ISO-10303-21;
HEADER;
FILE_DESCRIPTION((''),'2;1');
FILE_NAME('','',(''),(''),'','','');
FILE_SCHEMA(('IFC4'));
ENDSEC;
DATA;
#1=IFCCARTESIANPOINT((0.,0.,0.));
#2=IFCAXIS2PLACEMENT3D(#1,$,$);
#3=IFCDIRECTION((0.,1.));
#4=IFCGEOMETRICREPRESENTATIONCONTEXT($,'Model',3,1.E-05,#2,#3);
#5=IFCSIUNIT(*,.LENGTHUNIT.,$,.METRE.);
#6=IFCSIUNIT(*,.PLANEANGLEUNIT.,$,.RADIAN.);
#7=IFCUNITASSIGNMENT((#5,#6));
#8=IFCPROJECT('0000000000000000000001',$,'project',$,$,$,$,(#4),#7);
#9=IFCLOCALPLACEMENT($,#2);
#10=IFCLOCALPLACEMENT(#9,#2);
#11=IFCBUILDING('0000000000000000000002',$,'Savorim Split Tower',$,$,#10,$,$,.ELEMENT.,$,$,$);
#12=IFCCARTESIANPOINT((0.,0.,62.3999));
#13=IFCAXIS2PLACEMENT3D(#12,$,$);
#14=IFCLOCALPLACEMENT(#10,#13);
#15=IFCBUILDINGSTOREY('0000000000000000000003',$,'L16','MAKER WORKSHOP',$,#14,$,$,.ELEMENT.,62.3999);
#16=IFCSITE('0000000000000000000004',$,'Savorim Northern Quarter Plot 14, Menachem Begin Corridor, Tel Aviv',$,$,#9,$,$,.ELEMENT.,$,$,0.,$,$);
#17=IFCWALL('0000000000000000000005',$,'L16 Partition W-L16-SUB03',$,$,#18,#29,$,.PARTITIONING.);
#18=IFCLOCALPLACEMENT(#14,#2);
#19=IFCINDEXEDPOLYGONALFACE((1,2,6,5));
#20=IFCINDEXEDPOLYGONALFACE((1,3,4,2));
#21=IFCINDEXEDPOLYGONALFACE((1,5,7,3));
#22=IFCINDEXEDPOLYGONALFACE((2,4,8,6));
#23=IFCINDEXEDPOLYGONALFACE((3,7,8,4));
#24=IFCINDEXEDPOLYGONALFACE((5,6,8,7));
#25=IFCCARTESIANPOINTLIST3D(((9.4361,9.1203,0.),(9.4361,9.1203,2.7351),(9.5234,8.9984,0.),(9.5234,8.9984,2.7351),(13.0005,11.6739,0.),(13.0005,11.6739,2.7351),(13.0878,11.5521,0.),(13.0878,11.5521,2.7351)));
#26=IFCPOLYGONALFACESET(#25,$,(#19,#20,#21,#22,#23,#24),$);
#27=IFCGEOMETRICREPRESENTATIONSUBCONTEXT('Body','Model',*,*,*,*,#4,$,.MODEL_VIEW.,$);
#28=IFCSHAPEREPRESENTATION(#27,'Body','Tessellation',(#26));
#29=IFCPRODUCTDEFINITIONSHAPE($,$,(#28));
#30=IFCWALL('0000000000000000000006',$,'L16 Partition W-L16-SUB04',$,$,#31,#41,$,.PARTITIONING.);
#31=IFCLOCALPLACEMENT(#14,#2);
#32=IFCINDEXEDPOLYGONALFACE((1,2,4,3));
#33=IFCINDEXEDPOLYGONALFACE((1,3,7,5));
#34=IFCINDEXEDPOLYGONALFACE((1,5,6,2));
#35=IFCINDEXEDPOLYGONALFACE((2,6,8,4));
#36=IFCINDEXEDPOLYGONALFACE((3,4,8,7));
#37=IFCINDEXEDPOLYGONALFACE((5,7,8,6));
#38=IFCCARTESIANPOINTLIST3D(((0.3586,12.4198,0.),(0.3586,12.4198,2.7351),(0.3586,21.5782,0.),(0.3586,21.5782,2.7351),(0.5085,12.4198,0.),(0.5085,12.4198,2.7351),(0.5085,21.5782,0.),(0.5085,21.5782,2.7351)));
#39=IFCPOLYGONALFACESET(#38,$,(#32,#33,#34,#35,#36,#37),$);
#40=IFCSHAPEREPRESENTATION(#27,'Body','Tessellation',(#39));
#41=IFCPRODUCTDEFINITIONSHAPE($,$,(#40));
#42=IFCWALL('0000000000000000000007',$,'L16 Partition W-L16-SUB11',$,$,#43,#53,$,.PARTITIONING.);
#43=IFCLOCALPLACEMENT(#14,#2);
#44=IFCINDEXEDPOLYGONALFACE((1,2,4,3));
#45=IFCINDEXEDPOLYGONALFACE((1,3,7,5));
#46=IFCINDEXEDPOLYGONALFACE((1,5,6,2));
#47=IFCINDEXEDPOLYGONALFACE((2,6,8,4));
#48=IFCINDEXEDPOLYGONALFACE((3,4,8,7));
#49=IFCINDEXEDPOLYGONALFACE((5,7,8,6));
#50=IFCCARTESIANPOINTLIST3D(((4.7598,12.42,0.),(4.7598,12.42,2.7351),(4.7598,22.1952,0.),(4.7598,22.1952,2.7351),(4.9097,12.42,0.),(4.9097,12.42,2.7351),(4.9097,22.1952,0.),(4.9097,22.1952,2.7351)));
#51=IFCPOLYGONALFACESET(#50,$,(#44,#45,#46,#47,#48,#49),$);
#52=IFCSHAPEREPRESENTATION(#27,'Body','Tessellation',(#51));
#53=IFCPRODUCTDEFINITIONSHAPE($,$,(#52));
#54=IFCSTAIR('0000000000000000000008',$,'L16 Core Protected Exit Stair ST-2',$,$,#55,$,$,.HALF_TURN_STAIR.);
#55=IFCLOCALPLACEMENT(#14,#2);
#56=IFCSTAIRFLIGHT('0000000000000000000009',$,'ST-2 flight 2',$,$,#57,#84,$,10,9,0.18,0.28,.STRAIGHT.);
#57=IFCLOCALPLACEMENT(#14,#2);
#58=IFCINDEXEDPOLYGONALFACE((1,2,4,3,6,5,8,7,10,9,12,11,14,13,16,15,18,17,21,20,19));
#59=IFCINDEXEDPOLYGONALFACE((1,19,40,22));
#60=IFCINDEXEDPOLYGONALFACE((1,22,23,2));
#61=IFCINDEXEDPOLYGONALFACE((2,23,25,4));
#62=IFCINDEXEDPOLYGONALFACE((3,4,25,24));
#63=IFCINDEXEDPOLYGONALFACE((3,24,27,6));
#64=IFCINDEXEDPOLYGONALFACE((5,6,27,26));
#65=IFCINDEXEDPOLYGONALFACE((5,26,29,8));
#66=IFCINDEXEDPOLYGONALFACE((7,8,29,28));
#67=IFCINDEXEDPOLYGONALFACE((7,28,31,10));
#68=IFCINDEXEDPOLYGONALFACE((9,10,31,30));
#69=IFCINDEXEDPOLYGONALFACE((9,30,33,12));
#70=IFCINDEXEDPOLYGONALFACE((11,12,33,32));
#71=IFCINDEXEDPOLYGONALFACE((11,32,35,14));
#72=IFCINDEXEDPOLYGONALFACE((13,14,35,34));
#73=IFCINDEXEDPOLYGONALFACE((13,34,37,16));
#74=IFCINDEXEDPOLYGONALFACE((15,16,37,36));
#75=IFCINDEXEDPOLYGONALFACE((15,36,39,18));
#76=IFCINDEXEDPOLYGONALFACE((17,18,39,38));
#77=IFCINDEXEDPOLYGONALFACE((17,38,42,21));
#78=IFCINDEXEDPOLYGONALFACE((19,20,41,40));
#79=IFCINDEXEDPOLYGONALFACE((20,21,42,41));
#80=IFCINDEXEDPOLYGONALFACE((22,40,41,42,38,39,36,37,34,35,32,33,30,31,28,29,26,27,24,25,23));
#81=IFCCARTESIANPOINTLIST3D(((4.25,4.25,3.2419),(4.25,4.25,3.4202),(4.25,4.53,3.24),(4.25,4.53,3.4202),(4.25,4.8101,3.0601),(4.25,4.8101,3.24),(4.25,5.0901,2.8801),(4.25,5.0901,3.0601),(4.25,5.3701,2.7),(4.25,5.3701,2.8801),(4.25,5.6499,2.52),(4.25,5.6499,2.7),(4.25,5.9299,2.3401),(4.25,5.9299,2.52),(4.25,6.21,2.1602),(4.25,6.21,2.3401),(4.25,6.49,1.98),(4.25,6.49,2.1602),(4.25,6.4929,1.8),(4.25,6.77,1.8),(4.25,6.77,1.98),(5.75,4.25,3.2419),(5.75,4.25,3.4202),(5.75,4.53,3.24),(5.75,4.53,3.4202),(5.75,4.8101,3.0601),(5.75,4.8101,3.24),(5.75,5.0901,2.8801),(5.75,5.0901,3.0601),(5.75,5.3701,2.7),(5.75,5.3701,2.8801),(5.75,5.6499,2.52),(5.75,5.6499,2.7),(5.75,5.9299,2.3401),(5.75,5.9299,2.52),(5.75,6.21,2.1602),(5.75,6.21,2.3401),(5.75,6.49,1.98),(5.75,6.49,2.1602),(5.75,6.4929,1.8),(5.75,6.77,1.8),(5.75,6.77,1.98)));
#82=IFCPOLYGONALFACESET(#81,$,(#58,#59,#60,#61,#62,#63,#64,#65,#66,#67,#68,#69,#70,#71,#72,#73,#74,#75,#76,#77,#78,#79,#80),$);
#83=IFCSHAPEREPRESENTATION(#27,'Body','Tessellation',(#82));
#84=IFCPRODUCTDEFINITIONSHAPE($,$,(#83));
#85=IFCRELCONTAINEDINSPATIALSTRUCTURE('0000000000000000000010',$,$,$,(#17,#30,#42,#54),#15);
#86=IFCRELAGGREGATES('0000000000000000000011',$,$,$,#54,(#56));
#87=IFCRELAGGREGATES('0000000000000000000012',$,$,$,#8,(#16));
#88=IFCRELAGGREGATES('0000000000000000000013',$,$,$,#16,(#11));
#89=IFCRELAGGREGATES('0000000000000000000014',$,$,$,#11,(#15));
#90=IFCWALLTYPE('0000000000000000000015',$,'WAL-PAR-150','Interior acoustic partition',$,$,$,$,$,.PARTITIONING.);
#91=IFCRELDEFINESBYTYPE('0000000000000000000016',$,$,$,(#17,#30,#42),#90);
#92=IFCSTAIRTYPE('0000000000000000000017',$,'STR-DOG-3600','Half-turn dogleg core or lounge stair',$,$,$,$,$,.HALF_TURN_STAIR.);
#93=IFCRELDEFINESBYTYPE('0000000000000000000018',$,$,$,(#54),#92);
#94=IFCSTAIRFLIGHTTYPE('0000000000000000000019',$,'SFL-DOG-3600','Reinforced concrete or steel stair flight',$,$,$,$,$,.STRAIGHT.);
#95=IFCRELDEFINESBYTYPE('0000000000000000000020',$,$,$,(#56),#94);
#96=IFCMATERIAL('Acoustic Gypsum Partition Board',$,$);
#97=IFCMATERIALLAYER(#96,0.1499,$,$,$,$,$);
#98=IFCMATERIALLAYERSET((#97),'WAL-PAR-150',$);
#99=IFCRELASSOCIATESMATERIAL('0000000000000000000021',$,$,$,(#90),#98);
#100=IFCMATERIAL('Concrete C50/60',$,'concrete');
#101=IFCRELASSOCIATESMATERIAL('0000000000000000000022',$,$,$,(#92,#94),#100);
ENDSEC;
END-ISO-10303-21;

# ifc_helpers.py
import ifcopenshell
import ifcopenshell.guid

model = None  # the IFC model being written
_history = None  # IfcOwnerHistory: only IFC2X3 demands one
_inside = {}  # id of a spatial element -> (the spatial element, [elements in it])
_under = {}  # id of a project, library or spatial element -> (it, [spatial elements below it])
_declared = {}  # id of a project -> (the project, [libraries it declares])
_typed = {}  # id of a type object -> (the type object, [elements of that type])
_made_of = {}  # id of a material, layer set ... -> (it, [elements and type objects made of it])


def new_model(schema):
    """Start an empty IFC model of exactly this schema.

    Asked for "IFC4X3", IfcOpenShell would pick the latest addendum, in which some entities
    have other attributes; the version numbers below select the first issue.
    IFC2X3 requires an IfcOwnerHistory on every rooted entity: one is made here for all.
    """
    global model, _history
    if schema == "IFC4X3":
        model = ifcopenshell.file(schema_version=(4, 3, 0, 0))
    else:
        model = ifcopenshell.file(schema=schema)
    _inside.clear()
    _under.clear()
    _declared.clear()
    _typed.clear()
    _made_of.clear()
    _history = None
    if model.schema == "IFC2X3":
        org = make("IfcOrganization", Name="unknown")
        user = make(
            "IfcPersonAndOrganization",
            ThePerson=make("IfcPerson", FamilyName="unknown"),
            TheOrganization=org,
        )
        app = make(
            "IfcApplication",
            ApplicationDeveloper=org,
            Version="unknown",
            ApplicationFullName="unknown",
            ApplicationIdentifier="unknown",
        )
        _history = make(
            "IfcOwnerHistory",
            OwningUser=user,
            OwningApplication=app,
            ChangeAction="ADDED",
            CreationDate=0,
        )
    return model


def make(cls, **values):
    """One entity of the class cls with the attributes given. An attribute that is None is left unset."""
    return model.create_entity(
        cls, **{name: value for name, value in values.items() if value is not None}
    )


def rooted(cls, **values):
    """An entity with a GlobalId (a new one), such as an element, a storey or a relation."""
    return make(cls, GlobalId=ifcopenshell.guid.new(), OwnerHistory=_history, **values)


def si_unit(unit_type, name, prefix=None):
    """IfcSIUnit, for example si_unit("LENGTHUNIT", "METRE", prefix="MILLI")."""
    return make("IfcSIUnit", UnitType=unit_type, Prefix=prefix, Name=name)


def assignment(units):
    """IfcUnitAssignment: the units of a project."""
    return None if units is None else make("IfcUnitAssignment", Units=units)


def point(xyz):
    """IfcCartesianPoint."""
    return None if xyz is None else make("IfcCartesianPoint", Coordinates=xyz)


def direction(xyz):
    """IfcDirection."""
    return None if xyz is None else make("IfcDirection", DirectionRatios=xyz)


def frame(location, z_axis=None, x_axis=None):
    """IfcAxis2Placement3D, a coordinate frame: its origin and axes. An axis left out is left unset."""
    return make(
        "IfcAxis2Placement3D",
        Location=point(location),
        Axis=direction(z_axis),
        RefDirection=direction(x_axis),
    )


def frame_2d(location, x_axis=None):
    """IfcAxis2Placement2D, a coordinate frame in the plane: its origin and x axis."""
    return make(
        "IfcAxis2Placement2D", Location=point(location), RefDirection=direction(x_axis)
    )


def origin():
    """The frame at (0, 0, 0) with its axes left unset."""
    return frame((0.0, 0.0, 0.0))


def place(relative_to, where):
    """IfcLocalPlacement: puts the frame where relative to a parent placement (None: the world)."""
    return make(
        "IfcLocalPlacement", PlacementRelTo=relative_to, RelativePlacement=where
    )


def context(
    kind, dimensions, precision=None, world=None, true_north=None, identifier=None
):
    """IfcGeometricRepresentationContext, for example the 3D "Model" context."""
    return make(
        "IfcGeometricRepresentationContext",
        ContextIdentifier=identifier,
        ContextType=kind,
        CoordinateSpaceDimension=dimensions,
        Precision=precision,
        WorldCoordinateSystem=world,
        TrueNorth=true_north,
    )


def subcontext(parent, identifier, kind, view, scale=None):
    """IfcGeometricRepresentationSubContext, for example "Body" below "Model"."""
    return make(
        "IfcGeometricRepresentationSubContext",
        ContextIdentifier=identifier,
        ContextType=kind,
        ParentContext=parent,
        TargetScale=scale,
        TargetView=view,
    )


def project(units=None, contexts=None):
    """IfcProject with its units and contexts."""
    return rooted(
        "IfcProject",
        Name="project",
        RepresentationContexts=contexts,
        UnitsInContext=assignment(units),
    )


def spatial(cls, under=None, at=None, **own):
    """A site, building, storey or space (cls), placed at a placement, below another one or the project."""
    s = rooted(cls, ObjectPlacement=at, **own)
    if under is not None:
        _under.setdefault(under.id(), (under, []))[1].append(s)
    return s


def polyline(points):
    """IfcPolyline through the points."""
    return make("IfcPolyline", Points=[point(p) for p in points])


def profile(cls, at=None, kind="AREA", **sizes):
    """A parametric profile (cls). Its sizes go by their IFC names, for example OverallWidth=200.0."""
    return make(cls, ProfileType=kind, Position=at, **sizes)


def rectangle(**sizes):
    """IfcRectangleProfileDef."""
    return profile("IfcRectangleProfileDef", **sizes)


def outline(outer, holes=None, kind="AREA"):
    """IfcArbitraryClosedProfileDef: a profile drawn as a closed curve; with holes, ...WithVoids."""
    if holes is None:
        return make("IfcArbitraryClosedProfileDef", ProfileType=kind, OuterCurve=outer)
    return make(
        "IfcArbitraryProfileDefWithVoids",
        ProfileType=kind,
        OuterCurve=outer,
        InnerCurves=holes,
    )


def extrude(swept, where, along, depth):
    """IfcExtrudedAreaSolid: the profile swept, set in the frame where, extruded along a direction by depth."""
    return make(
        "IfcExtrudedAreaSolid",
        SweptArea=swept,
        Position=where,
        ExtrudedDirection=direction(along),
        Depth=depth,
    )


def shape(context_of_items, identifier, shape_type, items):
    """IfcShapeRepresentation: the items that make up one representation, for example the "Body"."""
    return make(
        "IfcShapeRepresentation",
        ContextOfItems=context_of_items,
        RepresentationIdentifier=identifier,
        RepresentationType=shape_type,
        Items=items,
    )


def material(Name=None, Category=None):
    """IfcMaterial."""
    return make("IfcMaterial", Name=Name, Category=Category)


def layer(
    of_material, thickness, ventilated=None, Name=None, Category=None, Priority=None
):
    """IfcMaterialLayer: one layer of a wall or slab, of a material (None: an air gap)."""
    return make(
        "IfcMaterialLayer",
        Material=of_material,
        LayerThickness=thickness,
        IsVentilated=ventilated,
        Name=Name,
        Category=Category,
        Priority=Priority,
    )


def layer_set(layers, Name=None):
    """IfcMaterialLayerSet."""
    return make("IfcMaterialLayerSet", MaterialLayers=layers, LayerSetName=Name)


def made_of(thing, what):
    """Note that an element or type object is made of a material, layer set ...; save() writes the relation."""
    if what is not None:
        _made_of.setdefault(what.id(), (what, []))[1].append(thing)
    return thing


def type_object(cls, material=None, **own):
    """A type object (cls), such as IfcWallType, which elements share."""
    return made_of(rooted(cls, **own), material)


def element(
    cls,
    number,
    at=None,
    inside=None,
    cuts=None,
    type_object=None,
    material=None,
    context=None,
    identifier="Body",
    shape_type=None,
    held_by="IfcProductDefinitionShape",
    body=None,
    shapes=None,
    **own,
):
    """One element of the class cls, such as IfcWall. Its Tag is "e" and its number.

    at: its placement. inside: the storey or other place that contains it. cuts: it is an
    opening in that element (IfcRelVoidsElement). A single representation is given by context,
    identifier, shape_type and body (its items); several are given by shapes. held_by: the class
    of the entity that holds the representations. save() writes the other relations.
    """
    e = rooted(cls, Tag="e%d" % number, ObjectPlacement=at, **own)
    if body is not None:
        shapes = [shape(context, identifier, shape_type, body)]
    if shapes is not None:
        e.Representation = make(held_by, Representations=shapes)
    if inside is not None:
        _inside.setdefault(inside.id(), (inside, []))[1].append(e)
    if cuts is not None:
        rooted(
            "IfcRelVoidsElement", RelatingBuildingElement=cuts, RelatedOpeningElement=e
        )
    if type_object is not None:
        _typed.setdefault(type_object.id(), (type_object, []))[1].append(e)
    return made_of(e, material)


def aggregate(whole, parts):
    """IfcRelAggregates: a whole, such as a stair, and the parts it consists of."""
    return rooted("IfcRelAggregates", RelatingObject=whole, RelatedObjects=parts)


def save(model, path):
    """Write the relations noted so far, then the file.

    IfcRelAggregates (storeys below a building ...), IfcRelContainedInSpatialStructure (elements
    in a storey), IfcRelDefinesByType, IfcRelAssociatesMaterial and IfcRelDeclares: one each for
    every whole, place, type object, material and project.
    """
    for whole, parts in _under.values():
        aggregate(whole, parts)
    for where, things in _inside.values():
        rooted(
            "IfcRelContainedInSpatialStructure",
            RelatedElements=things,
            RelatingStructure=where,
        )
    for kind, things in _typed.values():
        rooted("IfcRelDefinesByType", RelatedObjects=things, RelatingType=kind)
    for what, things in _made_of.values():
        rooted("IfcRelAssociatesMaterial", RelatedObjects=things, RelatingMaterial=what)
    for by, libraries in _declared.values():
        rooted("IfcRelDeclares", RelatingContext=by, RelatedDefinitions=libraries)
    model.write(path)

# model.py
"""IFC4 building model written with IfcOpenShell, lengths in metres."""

from ifc_helpers import new_model, si_unit, direction, frame, frame_2d, origin, place, context, subcontext, project, spatial, polyline, rectangle, outline, extrude, material, layer, layer_set, type_object, element, aggregate, save


model = new_model("IFC4")

# Units and contexts
model_context = context("Model", 3, precision=1e-05, world=origin(), true_north=direction((0.0, 1.0)))
body_context = subcontext(model_context, "Body", "Model", "MODEL_VIEW")
ifc_project = project(units=[si_unit("LENGTHUNIT", "METRE"), si_unit("PLANEANGLEUNIT", "RADIAN")], contexts=[model_context])

# Site, building, storey
site_placement = place(None, origin())
site = spatial("IfcSite", under=ifc_project, at=site_placement, Name="Savorim Northern Quarter Plot 14, Menachem Begin Corridor, Tel Aviv", CompositionType="ELEMENT", RefElevation=0.0)
building_placement = place(site_placement, origin())
building = spatial("IfcBuilding", under=site, at=building_placement, Name="Savorim Split Tower", CompositionType="ELEMENT")
storey_placement = place(building_placement, frame((0.0, 0.0, 62.3999)))
storey = spatial("IfcBuildingStorey", under=building, at=storey_placement, Name="L16", Description="MAKER WORKSHOP", CompositionType="ELEMENT", Elevation=62.3999)

# Shared definitions
ifc_material_1 = material(Name="Acoustic Gypsum Partition Board")
ifc_layer_1 = layer(ifc_material_1, 0.1499)
ifc_layer_set_1 = layer_set([ifc_layer_1], Name="WAL-PAR-150")
wall_type_1 = type_object("IfcWallType", Name="WAL-PAR-150", Description="Interior acoustic partition", PredefinedType="PARTITIONING", material=ifc_layer_set_1)

# Walls
wall_1_placement = place(storey_placement, frame((9.4797, 9.0593, 0.0), z_axis=(0.0, 0.0, 1.0), x_axis=(0.812905, 0.582396, 0.0)))
element("IfcWall", 1, at=wall_1_placement, inside=storey, type_object=wall_type_1, Name="L16 Partition W-L16-SUB03", PredefinedType="PARTITIONING", context=body_context, shape_type="SweptSolid", body=[
    extrude(rectangle(XDim=4.3848, YDim=0.1499, at=frame_2d((2.1924, 0.0))), origin(), (0.0, 0.0, 1.0), 2.7351),
])
wall_2_placement = place(storey_placement, frame((0.4336, 12.4199, 0.0), z_axis=(0.0, 0.0, 1.0), x_axis=(0.0, 1.0, 0.0)))
element("IfcWall", 2, at=wall_2_placement, inside=storey, type_object=wall_type_1, Name="L16 Partition W-L16-SUB04", PredefinedType="PARTITIONING", context=body_context, shape_type="SweptSolid", body=[
    extrude(rectangle(XDim=9.1584, YDim=0.1499, at=frame_2d((4.5791, 0.0))), origin(), (0.0, 0.0, 1.0), 2.7351),
])
wall_3_placement = place(storey_placement, frame((4.8347, 12.4199, 0.0), z_axis=(0.0, 0.0, 1.0), x_axis=(0.0, 1.0, 0.0)))
element("IfcWall", 3, at=wall_3_placement, inside=storey, type_object=wall_type_1, Name="L16 Partition W-L16-SUB11", PredefinedType="PARTITIONING", context=body_context, shape_type="SweptSolid", body=[
    extrude(rectangle(XDim=9.7751, YDim=0.1499, at=frame_2d((4.8877, 0.0))), origin(), (0.0, 0.0, 1.0), 2.7351),
])

# Stair, stair flight
ifc_material_2 = material(Name="Concrete C50/60", Category="concrete")
stair_type = type_object("IfcStairType", Name="STR-DOG-3600", Description="Half-turn dogleg core or lounge stair", PredefinedType="HALF_TURN_STAIR", material=ifc_material_2)
stair_placement = place(storey_placement, origin())
stair = element("IfcStair", 4, at=stair_placement, inside=storey, type_object=stair_type, Name="L16 Core Protected Exit Stair ST-2", PredefinedType="HALF_TURN_STAIR")
stair_flight_type = type_object("IfcStairFlightType", Name="SFL-DOG-3600", Description="Reinforced concrete or steel stair flight", PredefinedType="STRAIGHT", material=ifc_material_2)
stair_flight_placement = place(storey_placement, frame((5.0, 6.77, 1.8), z_axis=(0.0, 0.0, 1.0), x_axis=(0.0, -1.0, 0.0)))
stair_flight = element("IfcStairFlight", 5, at=stair_flight_placement, type_object=stair_flight_type, Name="ST-2 flight 2", NumberOfRisers=10, NumberOfTreads=9, PredefinedType="STRAIGHT", RiserHeight=0.18, TreadLength=0.28, context=body_context, shape_type="SweptSolid", body=[
    extrude(outline(polyline([(0.0, 0.0), (0.0, 0.1799), (0.28, 0.1799), (0.28, 0.3601), (0.5601, 0.3601), (0.5601, 0.54), (0.8401, 0.54), (0.8401, 0.72), (1.1201, 0.72), (1.1201, 0.8999), (1.3999, 0.8999), (1.3999, 1.0801), (1.6799, 1.0801), (1.6799, 1.26), (1.96, 1.26), (1.96, 1.4399), (2.24, 1.4399), (2.24, 1.6201), (2.52, 1.6201), (2.52, 1.8), (2.52, 1.4419), (0.2771, 0.0), (0.0, 0.0)])), frame((0.0, 0.75, 0.0), z_axis=(0.0, -1.0, 0.0), x_axis=(1.0, 0.0, 0.0)), (0.0, 0.0, 1.0), 1.5),
])
aggregate(stair, [stair_flight])

save(model, "model.ifc")
